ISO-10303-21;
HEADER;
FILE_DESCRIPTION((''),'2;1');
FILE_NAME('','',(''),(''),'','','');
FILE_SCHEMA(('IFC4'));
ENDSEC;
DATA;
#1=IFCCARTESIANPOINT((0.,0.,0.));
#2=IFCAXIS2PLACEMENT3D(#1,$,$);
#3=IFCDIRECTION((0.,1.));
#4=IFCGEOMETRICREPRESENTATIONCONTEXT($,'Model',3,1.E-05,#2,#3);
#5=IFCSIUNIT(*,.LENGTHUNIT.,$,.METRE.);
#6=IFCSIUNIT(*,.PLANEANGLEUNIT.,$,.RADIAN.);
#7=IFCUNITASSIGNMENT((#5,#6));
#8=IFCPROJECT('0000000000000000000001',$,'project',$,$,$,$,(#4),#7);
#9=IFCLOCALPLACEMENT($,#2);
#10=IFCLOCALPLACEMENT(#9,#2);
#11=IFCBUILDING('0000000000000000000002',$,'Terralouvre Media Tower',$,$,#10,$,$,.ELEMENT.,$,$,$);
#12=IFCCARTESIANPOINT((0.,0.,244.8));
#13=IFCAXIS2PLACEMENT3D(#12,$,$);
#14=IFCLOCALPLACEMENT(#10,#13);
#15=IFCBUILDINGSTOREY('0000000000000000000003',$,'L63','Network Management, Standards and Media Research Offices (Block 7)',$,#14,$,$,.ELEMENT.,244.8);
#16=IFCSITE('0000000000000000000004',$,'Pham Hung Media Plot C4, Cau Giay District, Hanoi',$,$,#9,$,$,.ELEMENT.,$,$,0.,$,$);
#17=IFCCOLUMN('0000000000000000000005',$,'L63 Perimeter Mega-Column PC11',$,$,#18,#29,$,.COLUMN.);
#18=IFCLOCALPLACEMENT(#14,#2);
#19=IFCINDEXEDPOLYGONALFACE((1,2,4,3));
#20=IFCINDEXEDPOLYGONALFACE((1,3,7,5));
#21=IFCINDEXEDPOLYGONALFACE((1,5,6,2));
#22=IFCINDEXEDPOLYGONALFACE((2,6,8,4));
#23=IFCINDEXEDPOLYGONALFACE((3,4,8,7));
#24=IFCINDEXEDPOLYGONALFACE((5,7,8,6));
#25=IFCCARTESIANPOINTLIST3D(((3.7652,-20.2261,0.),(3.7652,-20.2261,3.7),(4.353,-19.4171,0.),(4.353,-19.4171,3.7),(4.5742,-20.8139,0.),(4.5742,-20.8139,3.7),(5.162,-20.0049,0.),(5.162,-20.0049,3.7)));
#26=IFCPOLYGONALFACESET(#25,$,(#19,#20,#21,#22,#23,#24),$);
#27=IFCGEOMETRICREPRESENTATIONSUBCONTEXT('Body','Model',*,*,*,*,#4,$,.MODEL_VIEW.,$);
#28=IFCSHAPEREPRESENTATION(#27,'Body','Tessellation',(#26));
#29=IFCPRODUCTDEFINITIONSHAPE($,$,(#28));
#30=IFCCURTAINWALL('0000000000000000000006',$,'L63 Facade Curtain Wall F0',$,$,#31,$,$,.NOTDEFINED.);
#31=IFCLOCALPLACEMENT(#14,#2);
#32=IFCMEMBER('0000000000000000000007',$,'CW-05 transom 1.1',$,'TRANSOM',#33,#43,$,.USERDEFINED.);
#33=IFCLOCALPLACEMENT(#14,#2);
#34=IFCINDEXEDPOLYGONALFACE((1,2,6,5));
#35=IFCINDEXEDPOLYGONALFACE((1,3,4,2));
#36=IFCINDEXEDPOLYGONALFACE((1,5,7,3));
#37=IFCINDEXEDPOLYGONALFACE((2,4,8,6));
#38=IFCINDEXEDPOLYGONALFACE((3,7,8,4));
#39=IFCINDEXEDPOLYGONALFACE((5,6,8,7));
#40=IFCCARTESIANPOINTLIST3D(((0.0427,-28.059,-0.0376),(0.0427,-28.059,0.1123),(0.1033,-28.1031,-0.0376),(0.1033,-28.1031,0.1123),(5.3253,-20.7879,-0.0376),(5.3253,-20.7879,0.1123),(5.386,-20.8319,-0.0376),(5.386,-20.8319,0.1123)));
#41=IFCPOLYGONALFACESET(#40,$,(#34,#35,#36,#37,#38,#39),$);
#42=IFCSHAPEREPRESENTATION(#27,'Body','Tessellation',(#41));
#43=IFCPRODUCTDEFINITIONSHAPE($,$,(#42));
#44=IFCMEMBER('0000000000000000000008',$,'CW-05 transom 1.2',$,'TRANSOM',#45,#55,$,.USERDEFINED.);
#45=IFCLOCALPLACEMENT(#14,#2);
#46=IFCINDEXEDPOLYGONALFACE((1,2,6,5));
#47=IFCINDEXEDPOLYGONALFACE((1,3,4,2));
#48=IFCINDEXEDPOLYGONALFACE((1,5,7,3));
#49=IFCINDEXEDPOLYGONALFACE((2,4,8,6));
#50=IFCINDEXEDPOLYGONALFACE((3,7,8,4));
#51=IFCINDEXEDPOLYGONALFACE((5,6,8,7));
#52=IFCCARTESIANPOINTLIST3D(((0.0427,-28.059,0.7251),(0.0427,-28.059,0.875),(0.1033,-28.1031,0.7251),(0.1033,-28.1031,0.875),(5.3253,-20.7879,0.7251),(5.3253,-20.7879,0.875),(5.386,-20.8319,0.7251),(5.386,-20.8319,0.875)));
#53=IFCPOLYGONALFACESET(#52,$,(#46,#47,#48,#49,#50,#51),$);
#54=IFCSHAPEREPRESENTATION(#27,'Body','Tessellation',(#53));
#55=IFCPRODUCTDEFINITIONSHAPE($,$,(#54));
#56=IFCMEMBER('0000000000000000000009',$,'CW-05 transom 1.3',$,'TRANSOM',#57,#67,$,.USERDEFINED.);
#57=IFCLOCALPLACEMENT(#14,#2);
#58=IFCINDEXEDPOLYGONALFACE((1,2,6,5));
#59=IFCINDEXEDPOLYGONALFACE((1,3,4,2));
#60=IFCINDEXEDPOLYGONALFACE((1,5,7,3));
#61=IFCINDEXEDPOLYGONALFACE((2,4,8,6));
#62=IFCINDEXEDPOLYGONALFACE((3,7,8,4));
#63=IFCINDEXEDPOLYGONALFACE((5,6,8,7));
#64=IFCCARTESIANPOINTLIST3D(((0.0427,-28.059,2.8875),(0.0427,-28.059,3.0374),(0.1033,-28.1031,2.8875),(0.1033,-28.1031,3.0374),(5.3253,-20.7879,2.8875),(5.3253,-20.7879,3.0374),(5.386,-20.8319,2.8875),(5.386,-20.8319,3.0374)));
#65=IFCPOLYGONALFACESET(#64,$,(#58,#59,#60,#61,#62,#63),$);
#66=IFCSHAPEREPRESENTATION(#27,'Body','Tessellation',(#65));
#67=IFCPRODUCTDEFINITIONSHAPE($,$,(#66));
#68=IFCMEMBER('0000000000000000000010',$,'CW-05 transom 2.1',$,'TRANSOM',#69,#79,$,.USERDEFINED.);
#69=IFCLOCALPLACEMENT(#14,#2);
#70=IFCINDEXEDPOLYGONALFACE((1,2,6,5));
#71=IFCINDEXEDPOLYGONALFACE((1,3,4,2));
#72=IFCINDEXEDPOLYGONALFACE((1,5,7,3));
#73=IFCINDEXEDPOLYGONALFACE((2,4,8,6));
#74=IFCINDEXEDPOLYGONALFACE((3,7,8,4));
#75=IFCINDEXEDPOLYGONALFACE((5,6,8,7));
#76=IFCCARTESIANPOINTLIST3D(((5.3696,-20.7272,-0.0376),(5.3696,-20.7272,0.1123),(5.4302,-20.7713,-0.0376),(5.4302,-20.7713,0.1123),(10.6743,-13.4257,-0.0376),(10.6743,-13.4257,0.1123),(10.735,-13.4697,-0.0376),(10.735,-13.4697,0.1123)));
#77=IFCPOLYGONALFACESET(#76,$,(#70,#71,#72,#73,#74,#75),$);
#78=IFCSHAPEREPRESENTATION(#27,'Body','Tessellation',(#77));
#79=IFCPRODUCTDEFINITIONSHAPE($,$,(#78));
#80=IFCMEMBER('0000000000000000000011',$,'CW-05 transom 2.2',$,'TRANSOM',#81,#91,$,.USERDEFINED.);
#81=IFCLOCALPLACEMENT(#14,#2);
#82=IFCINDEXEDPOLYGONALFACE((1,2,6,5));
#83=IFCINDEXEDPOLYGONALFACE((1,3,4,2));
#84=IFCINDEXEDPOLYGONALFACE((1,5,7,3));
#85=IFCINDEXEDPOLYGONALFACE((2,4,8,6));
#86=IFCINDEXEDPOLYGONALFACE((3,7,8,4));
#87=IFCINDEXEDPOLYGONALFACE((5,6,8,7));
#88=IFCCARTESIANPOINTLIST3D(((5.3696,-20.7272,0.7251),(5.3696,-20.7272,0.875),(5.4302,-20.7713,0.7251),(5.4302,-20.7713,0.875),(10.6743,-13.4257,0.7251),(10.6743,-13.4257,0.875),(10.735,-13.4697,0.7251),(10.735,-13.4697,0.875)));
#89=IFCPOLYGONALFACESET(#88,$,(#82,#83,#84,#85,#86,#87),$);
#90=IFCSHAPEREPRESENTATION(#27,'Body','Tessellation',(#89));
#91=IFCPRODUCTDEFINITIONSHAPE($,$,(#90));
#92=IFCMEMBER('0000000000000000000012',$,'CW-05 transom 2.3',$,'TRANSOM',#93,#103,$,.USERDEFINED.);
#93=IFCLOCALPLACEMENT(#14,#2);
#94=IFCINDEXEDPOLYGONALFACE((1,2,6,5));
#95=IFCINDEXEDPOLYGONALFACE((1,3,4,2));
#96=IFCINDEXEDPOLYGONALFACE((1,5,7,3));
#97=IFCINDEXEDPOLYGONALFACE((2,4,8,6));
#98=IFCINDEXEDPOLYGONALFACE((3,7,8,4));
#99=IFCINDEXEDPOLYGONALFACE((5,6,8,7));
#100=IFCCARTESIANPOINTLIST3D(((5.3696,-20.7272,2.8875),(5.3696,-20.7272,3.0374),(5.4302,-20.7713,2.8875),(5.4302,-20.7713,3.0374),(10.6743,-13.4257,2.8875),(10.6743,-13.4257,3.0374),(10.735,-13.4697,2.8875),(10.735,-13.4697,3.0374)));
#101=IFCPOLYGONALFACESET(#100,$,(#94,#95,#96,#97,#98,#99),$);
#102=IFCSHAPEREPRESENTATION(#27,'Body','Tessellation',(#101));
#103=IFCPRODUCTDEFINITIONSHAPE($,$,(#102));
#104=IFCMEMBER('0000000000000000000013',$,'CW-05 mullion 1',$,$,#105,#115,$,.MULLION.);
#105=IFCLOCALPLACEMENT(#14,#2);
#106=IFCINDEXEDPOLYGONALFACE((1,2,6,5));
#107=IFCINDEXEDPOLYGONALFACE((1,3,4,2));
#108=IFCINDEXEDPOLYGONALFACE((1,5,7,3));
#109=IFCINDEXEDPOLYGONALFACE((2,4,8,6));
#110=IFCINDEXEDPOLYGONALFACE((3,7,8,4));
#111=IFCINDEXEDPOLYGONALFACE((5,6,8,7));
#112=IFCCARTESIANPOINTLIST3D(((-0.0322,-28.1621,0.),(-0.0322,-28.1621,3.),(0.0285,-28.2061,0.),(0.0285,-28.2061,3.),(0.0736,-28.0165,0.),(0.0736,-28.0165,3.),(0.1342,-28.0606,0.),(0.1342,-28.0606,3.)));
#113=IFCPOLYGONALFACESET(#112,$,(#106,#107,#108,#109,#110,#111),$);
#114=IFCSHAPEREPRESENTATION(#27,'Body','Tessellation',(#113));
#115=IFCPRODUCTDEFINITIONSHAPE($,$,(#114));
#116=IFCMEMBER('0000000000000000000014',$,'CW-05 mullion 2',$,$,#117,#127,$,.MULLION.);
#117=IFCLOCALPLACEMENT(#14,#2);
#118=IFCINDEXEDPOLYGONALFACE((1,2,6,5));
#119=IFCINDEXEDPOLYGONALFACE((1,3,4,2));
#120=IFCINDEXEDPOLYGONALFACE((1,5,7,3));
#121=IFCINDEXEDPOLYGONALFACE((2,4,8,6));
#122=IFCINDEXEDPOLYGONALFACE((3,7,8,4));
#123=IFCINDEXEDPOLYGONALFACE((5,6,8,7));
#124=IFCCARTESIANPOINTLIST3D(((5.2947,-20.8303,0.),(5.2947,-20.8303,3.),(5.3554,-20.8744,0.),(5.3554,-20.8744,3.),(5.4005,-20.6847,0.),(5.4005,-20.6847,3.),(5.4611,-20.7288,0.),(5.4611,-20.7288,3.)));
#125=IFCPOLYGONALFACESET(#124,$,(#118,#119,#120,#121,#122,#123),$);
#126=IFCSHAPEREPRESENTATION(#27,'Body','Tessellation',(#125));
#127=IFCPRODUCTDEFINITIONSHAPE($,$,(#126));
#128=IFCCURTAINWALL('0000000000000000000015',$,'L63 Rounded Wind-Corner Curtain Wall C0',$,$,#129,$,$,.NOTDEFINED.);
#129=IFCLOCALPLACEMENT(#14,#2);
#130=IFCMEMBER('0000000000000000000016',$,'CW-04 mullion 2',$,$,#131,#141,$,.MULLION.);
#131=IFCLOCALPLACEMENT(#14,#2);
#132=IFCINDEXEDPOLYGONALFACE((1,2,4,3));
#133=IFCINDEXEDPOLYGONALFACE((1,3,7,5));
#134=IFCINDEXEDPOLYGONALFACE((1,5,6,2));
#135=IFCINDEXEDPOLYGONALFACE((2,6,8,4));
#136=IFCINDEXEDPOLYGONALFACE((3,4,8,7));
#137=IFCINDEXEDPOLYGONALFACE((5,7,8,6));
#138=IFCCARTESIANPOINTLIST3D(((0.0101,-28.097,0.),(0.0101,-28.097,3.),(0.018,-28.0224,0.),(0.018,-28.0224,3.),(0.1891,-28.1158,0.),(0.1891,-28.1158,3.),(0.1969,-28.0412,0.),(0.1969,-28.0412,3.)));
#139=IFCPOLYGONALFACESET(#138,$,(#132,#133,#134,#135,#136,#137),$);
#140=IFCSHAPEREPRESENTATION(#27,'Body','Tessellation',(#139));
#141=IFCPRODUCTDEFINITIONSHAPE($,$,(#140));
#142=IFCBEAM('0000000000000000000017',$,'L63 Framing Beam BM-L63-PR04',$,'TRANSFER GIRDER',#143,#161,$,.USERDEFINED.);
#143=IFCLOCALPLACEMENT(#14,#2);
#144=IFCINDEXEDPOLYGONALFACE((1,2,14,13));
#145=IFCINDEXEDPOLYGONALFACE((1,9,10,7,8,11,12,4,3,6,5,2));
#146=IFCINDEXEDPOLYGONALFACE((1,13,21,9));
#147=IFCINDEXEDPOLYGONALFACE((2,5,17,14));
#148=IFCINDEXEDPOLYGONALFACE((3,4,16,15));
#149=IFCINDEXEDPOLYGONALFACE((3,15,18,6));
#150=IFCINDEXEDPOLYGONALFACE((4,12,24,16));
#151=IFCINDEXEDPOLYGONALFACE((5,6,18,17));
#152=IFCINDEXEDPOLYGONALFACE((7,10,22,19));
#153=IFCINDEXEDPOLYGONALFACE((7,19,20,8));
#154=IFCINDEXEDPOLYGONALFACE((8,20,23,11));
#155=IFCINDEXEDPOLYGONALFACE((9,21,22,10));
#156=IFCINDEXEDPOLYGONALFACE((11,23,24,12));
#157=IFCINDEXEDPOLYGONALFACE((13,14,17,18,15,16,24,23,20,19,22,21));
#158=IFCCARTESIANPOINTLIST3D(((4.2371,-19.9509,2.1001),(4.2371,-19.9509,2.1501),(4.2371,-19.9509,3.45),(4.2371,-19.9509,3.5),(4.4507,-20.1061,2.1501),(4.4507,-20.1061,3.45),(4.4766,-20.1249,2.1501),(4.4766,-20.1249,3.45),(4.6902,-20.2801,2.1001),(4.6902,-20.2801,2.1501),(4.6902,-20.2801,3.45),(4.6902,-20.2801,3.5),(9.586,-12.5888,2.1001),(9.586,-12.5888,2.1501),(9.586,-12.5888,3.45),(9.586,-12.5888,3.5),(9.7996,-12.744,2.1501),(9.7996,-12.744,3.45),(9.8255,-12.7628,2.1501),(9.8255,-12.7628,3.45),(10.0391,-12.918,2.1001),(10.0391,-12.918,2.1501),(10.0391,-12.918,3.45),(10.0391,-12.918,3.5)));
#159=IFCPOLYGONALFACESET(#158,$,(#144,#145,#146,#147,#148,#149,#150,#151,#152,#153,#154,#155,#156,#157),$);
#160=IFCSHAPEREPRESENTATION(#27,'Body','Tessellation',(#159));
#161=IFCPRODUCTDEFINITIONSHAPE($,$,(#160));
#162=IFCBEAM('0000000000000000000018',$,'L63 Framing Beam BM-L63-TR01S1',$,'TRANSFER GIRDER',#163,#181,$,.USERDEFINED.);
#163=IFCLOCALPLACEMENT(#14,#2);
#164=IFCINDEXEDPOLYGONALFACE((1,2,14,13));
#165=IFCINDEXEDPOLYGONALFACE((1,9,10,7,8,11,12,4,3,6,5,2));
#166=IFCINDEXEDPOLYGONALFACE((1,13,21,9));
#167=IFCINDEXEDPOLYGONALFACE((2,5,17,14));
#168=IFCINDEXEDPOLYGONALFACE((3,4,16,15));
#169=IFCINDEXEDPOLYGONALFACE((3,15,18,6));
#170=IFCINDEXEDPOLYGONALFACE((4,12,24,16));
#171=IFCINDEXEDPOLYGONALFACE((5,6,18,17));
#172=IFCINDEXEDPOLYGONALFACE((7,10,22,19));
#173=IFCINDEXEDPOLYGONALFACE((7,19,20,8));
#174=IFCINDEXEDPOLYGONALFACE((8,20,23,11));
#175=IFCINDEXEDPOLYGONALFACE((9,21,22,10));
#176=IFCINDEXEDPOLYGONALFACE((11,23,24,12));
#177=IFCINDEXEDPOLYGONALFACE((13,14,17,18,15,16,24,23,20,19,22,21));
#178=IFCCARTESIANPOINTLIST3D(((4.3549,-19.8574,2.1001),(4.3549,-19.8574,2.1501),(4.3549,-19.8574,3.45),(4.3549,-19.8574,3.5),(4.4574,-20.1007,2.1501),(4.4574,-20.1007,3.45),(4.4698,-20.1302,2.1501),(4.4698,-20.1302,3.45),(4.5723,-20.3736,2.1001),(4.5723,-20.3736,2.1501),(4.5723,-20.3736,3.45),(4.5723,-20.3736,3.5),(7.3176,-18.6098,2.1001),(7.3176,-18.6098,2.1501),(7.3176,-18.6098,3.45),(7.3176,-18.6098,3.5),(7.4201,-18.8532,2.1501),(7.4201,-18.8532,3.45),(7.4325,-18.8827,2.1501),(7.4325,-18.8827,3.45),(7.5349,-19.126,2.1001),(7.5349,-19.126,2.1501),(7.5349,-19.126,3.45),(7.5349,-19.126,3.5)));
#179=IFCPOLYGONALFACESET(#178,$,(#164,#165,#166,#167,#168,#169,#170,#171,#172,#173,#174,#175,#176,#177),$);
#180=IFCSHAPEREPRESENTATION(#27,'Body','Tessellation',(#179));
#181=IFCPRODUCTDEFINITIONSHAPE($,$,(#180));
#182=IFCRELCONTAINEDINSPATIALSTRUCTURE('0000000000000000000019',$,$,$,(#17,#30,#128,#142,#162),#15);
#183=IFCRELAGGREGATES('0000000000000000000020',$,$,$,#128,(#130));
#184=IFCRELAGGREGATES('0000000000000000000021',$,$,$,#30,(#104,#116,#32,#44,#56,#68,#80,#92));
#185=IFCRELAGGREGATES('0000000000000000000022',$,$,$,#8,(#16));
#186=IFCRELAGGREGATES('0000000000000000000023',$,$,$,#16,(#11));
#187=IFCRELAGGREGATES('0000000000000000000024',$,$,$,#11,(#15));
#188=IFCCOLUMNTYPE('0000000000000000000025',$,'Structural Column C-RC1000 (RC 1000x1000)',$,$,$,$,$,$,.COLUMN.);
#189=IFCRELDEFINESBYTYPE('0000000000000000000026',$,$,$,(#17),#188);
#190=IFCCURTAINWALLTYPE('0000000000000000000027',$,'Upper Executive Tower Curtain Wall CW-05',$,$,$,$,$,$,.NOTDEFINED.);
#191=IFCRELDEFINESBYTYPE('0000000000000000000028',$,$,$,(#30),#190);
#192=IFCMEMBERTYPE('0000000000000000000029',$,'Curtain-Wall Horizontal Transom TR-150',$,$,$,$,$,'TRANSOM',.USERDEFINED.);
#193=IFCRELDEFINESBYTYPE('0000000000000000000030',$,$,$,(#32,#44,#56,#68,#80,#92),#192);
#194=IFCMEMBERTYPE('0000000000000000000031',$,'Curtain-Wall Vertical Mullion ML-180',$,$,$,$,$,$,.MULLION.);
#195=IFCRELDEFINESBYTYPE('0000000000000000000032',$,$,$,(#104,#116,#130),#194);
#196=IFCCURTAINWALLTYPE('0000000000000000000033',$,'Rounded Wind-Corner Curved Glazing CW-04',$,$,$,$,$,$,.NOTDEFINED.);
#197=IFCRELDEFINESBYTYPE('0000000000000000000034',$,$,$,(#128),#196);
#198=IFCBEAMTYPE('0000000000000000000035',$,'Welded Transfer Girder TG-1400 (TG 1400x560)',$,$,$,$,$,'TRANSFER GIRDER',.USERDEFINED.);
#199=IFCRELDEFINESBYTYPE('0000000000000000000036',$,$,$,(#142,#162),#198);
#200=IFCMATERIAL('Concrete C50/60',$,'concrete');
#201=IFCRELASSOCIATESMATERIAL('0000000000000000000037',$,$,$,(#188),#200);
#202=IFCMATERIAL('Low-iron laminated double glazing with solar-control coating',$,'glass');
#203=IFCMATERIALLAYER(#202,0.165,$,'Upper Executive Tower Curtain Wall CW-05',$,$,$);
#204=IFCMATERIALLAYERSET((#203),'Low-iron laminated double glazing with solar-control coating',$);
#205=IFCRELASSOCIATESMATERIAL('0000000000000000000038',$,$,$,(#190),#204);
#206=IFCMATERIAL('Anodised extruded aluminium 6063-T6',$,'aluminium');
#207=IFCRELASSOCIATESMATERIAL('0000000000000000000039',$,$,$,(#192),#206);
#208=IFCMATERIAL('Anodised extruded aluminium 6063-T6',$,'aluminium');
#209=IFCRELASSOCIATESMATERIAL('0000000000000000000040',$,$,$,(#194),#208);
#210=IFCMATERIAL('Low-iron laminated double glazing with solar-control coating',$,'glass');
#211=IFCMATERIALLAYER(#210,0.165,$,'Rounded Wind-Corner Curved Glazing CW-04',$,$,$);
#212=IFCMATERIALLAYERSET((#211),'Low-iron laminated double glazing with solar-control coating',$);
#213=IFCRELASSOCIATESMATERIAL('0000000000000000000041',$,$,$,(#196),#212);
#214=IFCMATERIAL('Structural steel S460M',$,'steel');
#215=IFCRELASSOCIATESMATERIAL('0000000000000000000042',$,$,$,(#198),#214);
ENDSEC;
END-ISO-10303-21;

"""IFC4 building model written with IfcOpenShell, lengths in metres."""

from ifc_helpers import new_model, si_unit, direction, frame, origin, origin_2d, place, context, subcontext, project, spatial, rectangle, i_section, extrude, material, layer, layer_set, material_profile, profile_set, type_object, element, aggregate, save


model = new_model("IFC4")

# Units and contexts
model_context = context("Model", 3, precision=1e-05, world=origin(), true_north=direction((0.0, 1.0)))
body_context = subcontext(model_context, "Body", "Model", "MODEL_VIEW")
ifc_project = project(units=[si_unit("LENGTHUNIT", "METRE"), si_unit("PLANEANGLEUNIT", "RADIAN")], contexts=[model_context])

# Site, building, storey
site_placement = place(None, origin())
site = spatial("IfcSite", under=ifc_project, at=site_placement, Name="Pham Hung Media Plot C4, Cau Giay District, Hanoi", CompositionType="ELEMENT", RefElevation=0.0)
building_placement = place(site_placement, origin())
building = spatial("IfcBuilding", under=site, at=building_placement, Name="Terralouvre Media Tower", CompositionType="ELEMENT")
storey_placement = place(building_placement, frame((0.0, 0.0, 244.8)))
storey = spatial("IfcBuildingStorey", under=building, at=storey_placement, Name="L63", Description="Network Management, Standards and Media Research Offices (Block 7)", CompositionType="ELEMENT", Elevation=244.8)

# Column
ifc_material_1 = material(Name="Concrete C50/60", Category="concrete")
ifc_material_profile_1 = material_profile(ifc_material_1, rectangle(XDim=1.0, YDim=1.0, at=origin_2d()), Name="RC 1000x1000")
ifc_profile_set_1 = profile_set([ifc_material_profile_1], Name="Concrete C50/60")
column_type = type_object("IfcColumnType", Name="Structural Column C-RC1000 (RC 1000x1000)", PredefinedType="COLUMN", material=ifc_profile_set_1)
column_placement = place(storey_placement, frame((4.4636, -20.1155, 0.0), z_axis=(0.0, 0.0, 1.0), x_axis=(0.587785, 0.809017, 0.0)))
element("IfcColumn", 1, at=column_placement, inside=storey, type_object=column_type, Name="L63 Perimeter Mega-Column PC11", PredefinedType="COLUMN", context=body_context, shape_type="SweptSolid", body=[
    extrude(rectangle(XDim=1.0, YDim=1.0, at=origin_2d()), origin(), (0.0, 0.0, 1.0), 3.7),
])

# Curtain wall, members
ifc_material_2 = material(Name="Low-iron laminated double glazing with solar-control coating", Category="glass")
ifc_layer_1 = layer(ifc_material_2, 0.165, Name="Upper Executive Tower Curtain Wall CW-05")
ifc_layer_set_1 = layer_set([ifc_layer_1], Name="Low-iron laminated double glazing with solar-control coating")
curtain_wall_type_1 = type_object("IfcCurtainWallType", Name="Upper Executive Tower Curtain Wall CW-05", PredefinedType="NOTDEFINED", material=ifc_layer_set_1)
curtain_wall_1_placement = place(storey_placement, origin())
curtain_wall_1 = element("IfcCurtainWall", 2, at=curtain_wall_1_placement, inside=storey, type_object=curtain_wall_type_1, Name="L63 Facade Curtain Wall F0", PredefinedType="NOTDEFINED")
ifc_material_3 = material(Name="Anodised extruded aluminium 6063-T6", Category="aluminium")
ifc_material_profile_2 = material_profile(ifc_material_3, rectangle(XDim=0.075, YDim=0.1499, at=origin_2d()), Name="ALU 75x150")
ifc_profile_set_2 = profile_set([ifc_material_profile_2], Name="Anodised extruded aluminium 6063-T6")
member_type_1 = type_object("IfcMemberType", Name="Curtain-Wall Horizontal Transom TR-150", ElementType="TRANSOM", PredefinedType="USERDEFINED", material=ifc_profile_set_2)
member_1_placement = place(storey_placement, frame((0.073, -28.0811, 0.0374), z_axis=(0.587774, 0.809025, 0.0), x_axis=(-0.809025, 0.587774, 0.0)))
member_1 = element("IfcMember", 3, at=member_1_placement, type_object=member_type_1, Name="CW-05 transom 1.1", ObjectType="TRANSOM", PredefinedType="USERDEFINED", context=body_context, shape_type="SweptSolid", body=[
    extrude(rectangle(XDim=0.075, YDim=0.1499, at=origin_2d()), origin(), (0.0, 0.0, 1.0), 8.9875),
])
member_2_placement = place(storey_placement, frame((0.073, -28.0811, 0.8), z_axis=(0.587774, 0.809025, 0.0), x_axis=(-0.809025, 0.587774, 0.0)))
member_2 = element("IfcMember", 4, at=member_2_placement, type_object=member_type_1, Name="CW-05 transom 1.2", ObjectType="TRANSOM", PredefinedType="USERDEFINED", context=body_context, shape_type="SweptSolid", body=[
    extrude(rectangle(XDim=0.075, YDim=0.1499, at=origin_2d()), origin(), (0.0, 0.0, 1.0), 8.9875),
])
member_3_placement = place(storey_placement, frame((0.073, -28.0811, 2.9624), z_axis=(0.587774, 0.809025, 0.0), x_axis=(-0.809025, 0.587774, 0.0)))
member_3 = element("IfcMember", 5, at=member_3_placement, type_object=member_type_1, Name="CW-05 transom 1.3", ObjectType="TRANSOM", PredefinedType="USERDEFINED", context=body_context, shape_type="SweptSolid", body=[
    extrude(rectangle(XDim=0.075, YDim=0.1499, at=origin_2d()), origin(), (0.0, 0.0, 1.0), 8.9875),
])
member_4_placement = place(storey_placement, frame((5.3999, -20.7493, 0.0374), z_axis=(0.587773, 0.809026, 0.0), x_axis=(-0.809026, 0.587773, 0.0)))
member_4 = element("IfcMember", 6, at=member_4_placement, type_object=member_type_1, Name="CW-05 transom 2.1", ObjectType="TRANSOM", PredefinedType="USERDEFINED", context=body_context, shape_type="SweptSolid", body=[
    extrude(rectangle(XDim=0.075, YDim=0.1499, at=origin_2d()), origin(), (0.0, 0.0, 1.0), 9.0251),
])
member_5_placement = place(storey_placement, frame((5.3999, -20.7493, 0.8), z_axis=(0.587773, 0.809026, 0.0), x_axis=(-0.809026, 0.587773, 0.0)))
member_5 = element("IfcMember", 7, at=member_5_placement, type_object=member_type_1, Name="CW-05 transom 2.2", ObjectType="TRANSOM", PredefinedType="USERDEFINED", context=body_context, shape_type="SweptSolid", body=[
    extrude(rectangle(XDim=0.075, YDim=0.1499, at=origin_2d()), origin(), (0.0, 0.0, 1.0), 9.0251),
])
member_6_placement = place(storey_placement, frame((5.3999, -20.7493, 2.9624), z_axis=(0.587773, 0.809026, 0.0), x_axis=(-0.809026, 0.587773, 0.0)))
member_6 = element("IfcMember", 8, at=member_6_placement, type_object=member_type_1, Name="CW-05 transom 2.3", ObjectType="TRANSOM", PredefinedType="USERDEFINED", context=body_context, shape_type="SweptSolid", body=[
    extrude(rectangle(XDim=0.075, YDim=0.1499, at=origin_2d()), origin(), (0.0, 0.0, 1.0), 9.0251),
])
ifc_material_4 = material(Name="Anodised extruded aluminium 6063-T6", Category="aluminium")
ifc_material_profile_3 = material_profile(ifc_material_4, rectangle(XDim=0.075, YDim=0.1799, at=origin_2d()), Name="ALU 75x180")
ifc_profile_set_3 = profile_set([ifc_material_profile_3], Name="Anodised extruded aluminium 6063-T6")
member_type_2 = type_object("IfcMemberType", Name="Curtain-Wall Vertical Mullion ML-180", PredefinedType="MULLION", material=ifc_profile_set_3)
member_7_placement = place(storey_placement, frame((0.051, -28.1113, 0.0), z_axis=(0.0, 0.0, 1.0), x_axis=(-0.809017, 0.587785, 0.0)))
member_7 = element("IfcMember", 9, at=member_7_placement, type_object=member_type_2, Name="CW-05 mullion 1", PredefinedType="MULLION", context=body_context, shape_type="SweptSolid", body=[
    extrude(rectangle(XDim=0.075, YDim=0.1799, at=origin_2d()), origin(), (0.0, 0.0, 1.0), 3.0),
])
member_8_placement = place(storey_placement, frame((5.3779, -20.7795, 0.0), z_axis=(0.0, 0.0, 1.0), x_axis=(-0.809017, 0.587785, 0.0)))
member_8 = element("IfcMember", 10, at=member_8_placement, type_object=member_type_2, Name="CW-05 mullion 2", PredefinedType="MULLION", context=body_context, shape_type="SweptSolid", body=[
    extrude(rectangle(XDim=0.075, YDim=0.1799, at=origin_2d()), origin(), (0.0, 0.0, 1.0), 3.0),
])

# Curtain wall, member
ifc_material_5 = material(Name="Low-iron laminated double glazing with solar-control coating", Category="glass")
ifc_layer_2 = layer(ifc_material_5, 0.165, Name="Rounded Wind-Corner Curved Glazing CW-04")
ifc_layer_set_2 = layer_set([ifc_layer_2], Name="Low-iron laminated double glazing with solar-control coating")
curtain_wall_type_2 = type_object("IfcCurtainWallType", Name="Rounded Wind-Corner Curved Glazing CW-04", PredefinedType="NOTDEFINED", material=ifc_layer_set_2)
curtain_wall_2_placement = place(storey_placement, origin())
curtain_wall_2 = element("IfcCurtainWall", 11, at=curtain_wall_2_placement, inside=storey, type_object=curtain_wall_type_2, Name="L63 Rounded Wind-Corner Curtain Wall C0", PredefinedType="NOTDEFINED")
member_9_placement = place(storey_placement, frame((0.1035, -28.0691, 0.0), z_axis=(0.0, 0.0, 1.0), x_axis=(0.104528, 0.994522, 0.0)))
member_9 = element("IfcMember", 12, at=member_9_placement, type_object=member_type_2, Name="CW-04 mullion 2", PredefinedType="MULLION", context=body_context, shape_type="SweptSolid", body=[
    extrude(rectangle(XDim=0.075, YDim=0.1799, at=origin_2d()), origin(), (0.0, 0.0, 1.0), 3.0),
])
aggregate(curtain_wall_2, [member_9])

# Beams
ifc_material_6 = material(Name="Structural steel S460M", Category="steel")
ifc_material_profile_4 = material_profile(ifc_material_6, i_section(OverallWidth=0.5601, OverallDepth=1.3999, WebThickness=0.032, FlangeThickness=0.05, at=origin_2d()), Name="TG 1400x560")
ifc_profile_set_4 = profile_set([ifc_material_profile_4], Name="Structural steel S460M")
beam_type = type_object("IfcBeamType", Name="Welded Transfer Girder TG-1400 (TG 1400x560)", ElementType="TRANSFER GIRDER", PredefinedType="USERDEFINED", material=ifc_profile_set_4)
beam_1_placement = place(storey_placement, frame((4.4636, -20.1155, 2.8), z_axis=(0.587787, 0.809016, 0.0), x_axis=(-0.809016, 0.587787, 0.0)))
element("IfcBeam", 13, at=beam_1_placement, inside=storey, type_object=beam_type, Name="L63 Framing Beam BM-L63-PR04", ObjectType="TRANSFER GIRDER", PredefinedType="USERDEFINED", context=body_context, shape_type="SweptSolid", body=[
    extrude(i_section(OverallWidth=0.5601, OverallDepth=1.3999, WebThickness=0.032, FlangeThickness=0.05, at=origin_2d()), origin(), (0.0, 0.0, 1.0), 9.1001),
])
beam_2_placement = place(storey_placement, frame((7.4263, -18.8679, 2.8), z_axis=(-0.921621, -0.388091, 0.0), x_axis=(0.388091, -0.921621, 0.0)))
element("IfcBeam", 14, at=beam_2_placement, inside=storey, type_object=beam_type, Name="L63 Framing Beam BM-L63-TR01S1", ObjectType="TRANSFER GIRDER", PredefinedType="USERDEFINED", context=body_context, shape_type="SweptSolid", body=[
    extrude(i_section(OverallWidth=0.5601, OverallDepth=1.3999, WebThickness=0.032, FlangeThickness=0.05, at=origin_2d()), origin(), (0.0, 0.0, 1.0), 3.2146),
])

aggregate(curtain_wall_1, [member_7, member_8, member_1, member_2, member_3, member_4, member_5, member_6])

save(model, "model.ifc")
